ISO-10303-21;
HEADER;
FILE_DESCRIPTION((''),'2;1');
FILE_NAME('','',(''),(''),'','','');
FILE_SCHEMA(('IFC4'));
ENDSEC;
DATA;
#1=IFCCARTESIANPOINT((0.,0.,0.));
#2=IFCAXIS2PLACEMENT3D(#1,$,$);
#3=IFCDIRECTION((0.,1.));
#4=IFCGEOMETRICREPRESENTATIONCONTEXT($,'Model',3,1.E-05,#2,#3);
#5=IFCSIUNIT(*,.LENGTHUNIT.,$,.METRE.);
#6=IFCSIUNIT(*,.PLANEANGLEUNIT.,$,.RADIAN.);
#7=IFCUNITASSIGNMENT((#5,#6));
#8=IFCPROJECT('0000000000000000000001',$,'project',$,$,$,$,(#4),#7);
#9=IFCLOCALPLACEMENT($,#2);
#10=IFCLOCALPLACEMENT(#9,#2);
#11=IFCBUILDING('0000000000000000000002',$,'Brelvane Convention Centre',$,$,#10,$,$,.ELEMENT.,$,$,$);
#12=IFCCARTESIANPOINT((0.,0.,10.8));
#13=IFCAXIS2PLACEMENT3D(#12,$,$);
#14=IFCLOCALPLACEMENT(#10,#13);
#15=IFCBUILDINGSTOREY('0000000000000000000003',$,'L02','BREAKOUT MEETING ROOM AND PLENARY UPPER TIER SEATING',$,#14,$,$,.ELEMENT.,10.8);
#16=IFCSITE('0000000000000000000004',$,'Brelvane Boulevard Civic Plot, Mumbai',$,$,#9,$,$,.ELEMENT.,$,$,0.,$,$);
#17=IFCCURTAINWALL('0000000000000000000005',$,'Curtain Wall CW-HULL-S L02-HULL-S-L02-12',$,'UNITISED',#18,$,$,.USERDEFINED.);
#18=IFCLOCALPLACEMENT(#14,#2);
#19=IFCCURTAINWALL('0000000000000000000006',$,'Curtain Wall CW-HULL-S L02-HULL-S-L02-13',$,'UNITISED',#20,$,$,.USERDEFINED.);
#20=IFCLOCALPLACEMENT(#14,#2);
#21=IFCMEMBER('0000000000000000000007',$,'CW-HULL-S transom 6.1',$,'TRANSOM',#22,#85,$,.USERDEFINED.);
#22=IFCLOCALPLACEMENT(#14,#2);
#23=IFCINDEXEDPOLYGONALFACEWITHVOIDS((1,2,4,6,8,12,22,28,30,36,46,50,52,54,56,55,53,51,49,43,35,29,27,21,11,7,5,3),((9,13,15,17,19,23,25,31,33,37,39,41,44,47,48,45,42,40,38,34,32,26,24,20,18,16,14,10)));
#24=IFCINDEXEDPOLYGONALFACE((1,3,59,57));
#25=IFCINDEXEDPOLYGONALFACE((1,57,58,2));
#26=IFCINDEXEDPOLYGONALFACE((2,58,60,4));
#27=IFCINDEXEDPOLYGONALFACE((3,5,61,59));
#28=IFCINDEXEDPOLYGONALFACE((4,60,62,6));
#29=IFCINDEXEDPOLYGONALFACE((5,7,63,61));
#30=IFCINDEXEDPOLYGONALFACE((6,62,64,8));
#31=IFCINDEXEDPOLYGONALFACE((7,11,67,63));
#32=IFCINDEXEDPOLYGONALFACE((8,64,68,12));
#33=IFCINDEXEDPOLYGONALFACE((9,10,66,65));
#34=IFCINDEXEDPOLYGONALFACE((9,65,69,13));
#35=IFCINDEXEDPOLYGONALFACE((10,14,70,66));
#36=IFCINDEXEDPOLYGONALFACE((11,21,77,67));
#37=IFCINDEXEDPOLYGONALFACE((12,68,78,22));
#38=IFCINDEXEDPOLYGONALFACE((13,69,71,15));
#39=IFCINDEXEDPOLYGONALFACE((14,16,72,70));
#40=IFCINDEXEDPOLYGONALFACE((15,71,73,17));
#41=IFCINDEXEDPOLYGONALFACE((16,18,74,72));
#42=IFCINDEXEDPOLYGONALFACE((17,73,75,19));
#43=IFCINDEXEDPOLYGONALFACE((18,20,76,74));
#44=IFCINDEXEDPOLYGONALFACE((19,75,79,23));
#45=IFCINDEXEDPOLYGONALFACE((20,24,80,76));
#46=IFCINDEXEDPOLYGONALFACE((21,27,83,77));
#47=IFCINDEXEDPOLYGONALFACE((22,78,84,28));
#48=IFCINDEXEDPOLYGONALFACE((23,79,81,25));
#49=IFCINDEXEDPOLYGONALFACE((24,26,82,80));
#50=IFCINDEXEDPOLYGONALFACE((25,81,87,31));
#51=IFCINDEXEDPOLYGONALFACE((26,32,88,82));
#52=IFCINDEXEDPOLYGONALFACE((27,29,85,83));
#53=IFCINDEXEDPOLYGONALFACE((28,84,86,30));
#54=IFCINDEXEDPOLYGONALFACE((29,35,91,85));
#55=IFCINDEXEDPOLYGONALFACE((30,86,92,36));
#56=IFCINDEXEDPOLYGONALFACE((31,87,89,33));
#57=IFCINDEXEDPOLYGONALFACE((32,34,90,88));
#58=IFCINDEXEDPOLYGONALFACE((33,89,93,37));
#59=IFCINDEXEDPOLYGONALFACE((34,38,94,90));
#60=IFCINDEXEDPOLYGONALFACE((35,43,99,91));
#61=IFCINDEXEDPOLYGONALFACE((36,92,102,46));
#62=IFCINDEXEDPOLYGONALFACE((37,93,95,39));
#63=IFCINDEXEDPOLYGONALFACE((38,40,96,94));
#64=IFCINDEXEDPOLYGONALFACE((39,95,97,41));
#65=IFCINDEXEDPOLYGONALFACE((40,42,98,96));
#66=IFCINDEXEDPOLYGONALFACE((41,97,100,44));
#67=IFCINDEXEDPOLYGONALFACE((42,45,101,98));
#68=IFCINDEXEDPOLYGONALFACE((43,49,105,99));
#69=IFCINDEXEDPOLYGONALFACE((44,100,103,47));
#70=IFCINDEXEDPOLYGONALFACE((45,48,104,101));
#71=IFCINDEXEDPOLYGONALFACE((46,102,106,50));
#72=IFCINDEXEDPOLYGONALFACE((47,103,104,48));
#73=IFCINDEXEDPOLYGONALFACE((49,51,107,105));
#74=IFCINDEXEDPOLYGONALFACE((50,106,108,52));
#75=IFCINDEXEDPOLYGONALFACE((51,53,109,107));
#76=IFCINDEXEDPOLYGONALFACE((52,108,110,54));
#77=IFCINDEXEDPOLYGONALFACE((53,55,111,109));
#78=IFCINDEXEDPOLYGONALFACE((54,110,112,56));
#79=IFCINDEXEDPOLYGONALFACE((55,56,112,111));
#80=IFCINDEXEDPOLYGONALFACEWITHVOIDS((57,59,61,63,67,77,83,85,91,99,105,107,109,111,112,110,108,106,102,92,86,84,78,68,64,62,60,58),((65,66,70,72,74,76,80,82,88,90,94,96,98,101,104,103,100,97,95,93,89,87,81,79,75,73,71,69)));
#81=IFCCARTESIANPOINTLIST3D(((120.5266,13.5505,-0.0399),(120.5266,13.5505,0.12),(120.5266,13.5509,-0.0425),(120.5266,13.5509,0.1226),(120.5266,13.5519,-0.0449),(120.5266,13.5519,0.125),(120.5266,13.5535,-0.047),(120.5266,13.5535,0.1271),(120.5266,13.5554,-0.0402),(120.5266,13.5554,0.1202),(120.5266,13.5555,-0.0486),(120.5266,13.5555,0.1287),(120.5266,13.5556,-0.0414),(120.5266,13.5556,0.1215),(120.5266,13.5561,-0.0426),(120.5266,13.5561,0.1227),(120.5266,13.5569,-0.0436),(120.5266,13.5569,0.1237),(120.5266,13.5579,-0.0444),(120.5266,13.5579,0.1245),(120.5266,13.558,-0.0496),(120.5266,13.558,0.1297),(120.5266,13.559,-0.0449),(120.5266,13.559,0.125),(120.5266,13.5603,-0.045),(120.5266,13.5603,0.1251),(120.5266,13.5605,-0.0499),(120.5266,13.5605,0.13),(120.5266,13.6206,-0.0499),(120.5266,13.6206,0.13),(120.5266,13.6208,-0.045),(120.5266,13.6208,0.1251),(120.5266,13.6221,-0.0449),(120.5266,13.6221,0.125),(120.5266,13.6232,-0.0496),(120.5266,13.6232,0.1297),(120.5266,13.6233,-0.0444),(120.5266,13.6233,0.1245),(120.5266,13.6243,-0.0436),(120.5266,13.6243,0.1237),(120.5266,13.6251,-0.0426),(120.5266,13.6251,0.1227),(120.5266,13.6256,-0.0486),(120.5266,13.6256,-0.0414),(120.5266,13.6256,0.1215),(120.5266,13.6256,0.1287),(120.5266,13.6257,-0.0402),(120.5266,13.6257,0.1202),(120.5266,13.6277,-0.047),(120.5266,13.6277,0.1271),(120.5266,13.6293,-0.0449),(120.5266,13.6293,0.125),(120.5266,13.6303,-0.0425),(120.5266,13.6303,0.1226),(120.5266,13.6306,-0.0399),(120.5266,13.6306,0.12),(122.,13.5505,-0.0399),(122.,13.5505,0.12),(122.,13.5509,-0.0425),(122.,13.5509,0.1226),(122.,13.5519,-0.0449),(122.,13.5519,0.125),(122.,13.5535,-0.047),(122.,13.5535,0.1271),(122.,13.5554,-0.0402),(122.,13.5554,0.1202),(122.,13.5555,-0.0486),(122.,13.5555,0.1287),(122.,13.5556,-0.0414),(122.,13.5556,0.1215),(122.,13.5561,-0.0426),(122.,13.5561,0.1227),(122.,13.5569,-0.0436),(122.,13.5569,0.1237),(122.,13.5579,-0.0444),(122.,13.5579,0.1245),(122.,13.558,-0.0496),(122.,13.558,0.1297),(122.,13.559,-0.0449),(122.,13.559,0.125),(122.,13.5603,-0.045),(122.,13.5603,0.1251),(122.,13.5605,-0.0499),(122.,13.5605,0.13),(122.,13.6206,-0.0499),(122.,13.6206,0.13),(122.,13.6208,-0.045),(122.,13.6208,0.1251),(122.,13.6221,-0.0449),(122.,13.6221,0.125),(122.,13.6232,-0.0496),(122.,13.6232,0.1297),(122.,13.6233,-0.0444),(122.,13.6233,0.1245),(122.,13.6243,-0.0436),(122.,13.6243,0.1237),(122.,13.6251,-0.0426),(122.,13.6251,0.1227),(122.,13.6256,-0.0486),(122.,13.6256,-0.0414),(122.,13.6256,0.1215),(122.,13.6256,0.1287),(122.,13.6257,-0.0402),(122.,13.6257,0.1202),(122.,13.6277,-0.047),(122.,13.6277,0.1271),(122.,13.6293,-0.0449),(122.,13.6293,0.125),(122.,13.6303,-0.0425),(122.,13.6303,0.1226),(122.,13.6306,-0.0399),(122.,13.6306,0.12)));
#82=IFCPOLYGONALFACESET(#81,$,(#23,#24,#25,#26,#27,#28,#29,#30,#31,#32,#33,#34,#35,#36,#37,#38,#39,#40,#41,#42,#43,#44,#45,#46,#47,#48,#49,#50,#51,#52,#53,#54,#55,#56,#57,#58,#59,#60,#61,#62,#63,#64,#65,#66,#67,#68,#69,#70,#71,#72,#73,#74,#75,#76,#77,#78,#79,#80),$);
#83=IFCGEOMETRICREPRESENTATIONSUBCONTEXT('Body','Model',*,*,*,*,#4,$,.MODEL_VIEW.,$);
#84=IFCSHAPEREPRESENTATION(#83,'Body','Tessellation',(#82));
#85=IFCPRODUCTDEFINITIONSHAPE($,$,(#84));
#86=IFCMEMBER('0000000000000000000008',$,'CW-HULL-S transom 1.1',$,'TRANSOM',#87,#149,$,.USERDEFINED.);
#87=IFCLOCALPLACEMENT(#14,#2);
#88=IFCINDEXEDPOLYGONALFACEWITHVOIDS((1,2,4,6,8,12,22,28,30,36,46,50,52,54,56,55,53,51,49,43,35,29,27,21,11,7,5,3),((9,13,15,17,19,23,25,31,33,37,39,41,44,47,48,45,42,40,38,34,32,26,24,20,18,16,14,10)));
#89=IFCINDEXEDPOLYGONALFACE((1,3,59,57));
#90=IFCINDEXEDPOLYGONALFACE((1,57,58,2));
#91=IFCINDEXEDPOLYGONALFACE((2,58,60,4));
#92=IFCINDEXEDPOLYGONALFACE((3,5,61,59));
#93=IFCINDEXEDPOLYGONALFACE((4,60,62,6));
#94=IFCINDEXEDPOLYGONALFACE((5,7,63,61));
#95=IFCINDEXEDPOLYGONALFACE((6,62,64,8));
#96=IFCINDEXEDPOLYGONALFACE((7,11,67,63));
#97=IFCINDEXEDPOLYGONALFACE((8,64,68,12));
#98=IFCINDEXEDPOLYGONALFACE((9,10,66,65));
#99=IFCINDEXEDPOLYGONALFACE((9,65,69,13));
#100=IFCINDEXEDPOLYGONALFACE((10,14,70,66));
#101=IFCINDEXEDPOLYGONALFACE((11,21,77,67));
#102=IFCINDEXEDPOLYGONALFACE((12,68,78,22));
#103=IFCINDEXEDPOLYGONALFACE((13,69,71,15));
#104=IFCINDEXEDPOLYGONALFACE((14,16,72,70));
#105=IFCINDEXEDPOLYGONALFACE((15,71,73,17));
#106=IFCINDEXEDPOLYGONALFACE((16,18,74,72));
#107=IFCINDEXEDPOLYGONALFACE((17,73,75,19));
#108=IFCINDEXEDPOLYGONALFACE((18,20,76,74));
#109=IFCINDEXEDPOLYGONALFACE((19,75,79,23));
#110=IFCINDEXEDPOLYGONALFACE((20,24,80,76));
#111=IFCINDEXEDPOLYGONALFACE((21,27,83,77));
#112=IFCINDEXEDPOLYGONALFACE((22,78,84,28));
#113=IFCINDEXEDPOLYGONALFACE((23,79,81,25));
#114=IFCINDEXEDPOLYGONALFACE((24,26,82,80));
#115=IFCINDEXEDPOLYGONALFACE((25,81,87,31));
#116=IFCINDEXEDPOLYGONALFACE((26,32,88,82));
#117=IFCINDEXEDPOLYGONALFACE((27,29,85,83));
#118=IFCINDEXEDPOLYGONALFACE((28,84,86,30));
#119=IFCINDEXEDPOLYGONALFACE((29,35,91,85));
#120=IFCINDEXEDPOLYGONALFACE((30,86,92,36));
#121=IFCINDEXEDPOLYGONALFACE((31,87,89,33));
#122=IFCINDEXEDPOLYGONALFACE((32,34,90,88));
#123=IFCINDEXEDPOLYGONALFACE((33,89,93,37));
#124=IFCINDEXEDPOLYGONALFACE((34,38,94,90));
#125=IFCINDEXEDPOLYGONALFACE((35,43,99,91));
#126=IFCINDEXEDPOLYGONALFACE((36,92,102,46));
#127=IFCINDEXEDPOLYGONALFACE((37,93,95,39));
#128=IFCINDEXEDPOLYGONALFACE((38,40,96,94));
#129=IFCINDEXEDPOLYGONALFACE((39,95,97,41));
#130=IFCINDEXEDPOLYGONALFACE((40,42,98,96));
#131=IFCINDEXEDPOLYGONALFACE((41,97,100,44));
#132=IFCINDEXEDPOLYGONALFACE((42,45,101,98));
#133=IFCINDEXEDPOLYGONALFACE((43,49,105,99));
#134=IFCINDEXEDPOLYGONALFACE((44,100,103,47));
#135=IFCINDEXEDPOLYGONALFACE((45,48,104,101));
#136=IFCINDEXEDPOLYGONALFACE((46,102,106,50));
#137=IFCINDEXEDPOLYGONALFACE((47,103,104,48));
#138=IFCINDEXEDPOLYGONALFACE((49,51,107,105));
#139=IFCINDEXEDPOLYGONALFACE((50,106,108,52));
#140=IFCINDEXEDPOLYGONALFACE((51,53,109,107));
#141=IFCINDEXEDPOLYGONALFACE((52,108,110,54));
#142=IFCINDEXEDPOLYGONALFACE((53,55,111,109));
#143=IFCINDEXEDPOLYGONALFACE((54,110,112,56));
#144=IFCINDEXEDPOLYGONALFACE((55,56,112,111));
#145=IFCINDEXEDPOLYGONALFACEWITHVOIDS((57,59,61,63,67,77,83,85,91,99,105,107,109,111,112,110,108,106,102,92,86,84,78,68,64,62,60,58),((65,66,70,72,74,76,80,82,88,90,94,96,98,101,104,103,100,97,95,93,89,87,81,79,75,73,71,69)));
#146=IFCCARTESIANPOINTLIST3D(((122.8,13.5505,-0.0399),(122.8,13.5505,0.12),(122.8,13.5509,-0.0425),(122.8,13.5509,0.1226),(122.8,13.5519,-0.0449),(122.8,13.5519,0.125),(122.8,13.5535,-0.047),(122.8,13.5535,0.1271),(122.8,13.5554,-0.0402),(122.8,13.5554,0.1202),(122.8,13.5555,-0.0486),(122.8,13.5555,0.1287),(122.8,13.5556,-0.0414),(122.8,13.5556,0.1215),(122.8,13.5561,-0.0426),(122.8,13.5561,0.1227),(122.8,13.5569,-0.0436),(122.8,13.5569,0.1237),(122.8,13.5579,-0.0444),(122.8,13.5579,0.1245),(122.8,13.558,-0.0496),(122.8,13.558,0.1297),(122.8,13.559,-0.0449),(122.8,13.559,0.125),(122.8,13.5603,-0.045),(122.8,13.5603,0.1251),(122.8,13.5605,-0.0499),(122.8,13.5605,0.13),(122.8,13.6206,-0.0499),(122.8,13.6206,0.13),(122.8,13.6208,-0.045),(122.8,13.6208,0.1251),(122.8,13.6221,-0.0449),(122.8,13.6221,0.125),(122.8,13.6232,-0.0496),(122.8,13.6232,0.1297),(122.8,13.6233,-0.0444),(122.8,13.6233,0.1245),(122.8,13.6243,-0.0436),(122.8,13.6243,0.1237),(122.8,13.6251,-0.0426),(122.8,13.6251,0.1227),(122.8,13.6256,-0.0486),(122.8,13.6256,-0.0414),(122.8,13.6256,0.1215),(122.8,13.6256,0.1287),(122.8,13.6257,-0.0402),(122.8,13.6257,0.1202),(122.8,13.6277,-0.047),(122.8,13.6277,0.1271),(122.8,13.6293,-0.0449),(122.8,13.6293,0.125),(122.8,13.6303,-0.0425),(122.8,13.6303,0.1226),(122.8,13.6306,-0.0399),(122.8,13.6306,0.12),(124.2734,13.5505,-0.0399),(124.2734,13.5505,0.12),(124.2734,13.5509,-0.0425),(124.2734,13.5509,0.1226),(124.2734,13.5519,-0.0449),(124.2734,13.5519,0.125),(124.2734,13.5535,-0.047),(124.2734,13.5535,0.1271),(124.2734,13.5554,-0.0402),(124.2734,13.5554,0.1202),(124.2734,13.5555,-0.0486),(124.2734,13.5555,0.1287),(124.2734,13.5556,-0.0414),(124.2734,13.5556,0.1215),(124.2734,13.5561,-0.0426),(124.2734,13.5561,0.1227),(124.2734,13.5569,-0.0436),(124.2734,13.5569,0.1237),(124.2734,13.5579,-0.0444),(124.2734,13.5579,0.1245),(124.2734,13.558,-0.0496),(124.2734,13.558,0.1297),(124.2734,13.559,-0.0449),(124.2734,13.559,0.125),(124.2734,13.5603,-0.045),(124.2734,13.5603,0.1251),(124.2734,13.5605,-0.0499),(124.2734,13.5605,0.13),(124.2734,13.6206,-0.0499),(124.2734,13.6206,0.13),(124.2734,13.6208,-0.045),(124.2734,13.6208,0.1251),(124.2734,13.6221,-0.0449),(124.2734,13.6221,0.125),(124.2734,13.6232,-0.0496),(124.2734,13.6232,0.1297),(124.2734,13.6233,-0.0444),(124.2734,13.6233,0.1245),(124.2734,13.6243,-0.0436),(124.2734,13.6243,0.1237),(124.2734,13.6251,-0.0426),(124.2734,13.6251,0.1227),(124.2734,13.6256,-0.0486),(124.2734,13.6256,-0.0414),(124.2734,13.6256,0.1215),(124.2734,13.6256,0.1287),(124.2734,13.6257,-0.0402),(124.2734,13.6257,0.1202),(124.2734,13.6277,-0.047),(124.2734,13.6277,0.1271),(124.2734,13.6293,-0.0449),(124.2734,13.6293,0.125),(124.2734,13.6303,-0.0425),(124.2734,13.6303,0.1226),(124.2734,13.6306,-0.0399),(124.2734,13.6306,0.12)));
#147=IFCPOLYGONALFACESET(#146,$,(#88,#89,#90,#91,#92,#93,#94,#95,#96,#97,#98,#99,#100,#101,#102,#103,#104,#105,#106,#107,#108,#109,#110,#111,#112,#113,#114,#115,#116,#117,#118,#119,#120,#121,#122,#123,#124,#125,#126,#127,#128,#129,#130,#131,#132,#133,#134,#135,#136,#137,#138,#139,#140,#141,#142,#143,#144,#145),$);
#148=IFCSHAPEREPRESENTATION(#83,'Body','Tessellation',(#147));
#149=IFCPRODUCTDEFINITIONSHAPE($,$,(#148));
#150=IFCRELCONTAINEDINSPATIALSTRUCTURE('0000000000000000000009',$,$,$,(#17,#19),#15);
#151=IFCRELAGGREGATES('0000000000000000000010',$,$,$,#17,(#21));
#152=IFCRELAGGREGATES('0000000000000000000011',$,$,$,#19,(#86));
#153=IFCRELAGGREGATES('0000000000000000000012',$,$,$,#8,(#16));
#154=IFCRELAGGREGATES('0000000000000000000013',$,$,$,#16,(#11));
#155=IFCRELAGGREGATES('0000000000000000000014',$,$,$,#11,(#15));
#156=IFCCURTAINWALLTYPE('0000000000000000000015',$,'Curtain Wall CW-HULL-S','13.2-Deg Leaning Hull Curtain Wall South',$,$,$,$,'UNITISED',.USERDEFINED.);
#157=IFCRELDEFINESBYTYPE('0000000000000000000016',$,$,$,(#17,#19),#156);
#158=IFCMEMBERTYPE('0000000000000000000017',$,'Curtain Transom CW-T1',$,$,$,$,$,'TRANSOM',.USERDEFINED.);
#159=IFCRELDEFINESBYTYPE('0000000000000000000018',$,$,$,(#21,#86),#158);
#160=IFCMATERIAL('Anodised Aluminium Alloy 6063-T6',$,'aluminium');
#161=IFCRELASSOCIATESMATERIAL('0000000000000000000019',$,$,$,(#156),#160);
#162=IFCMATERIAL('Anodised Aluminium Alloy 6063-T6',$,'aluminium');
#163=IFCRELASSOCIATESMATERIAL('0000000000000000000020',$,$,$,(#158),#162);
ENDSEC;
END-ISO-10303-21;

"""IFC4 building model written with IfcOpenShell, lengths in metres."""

from ifc_helpers import new_model, si_unit, direction, frame, origin, origin_2d, place, context, subcontext, project, spatial, hollow_rectangle, extrude, material, material_profile, profile_set, type_object, element, aggregate, save


model = new_model("IFC4")

# Units and contexts
model_context = context("Model", 3, precision=1e-05, world=origin(), true_north=direction((0.0, 1.0)))
body_context = subcontext(model_context, "Body", "Model", "MODEL_VIEW")
ifc_project = project(units=[si_unit("LENGTHUNIT", "METRE"), si_unit("PLANEANGLEUNIT", "RADIAN")], contexts=[model_context])

# Site, building, storey
site_placement = place(None, origin())
site = spatial("IfcSite", under=ifc_project, at=site_placement, Name="Brelvane Boulevard Civic Plot, Mumbai", CompositionType="ELEMENT", RefElevation=0.0)
building_placement = place(site_placement, origin())
building = spatial("IfcBuilding", under=site, at=building_placement, Name="Brelvane Convention Centre", CompositionType="ELEMENT")
storey_placement = place(building_placement, frame((0.0, 0.0, 10.8)))
storey = spatial("IfcBuildingStorey", under=building, at=storey_placement, Name="L02", Description="BREAKOUT MEETING ROOM AND PLENARY UPPER TIER SEATING", CompositionType="ELEMENT", Elevation=10.8)

# Curtain walls
ifc_material_1 = material(Name="Anodised Aluminium Alloy 6063-T6", Category="aluminium")
curtain_wall_type = type_object("IfcCurtainWallType", Name="Curtain Wall CW-HULL-S", Description="13.2-Deg Leaning Hull Curtain Wall South", ElementType="UNITISED", PredefinedType="USERDEFINED", material=ifc_material_1)
curtain_wall_1_placement = place(storey_placement, origin())
curtain_wall_1 = element("IfcCurtainWall", 1, at=curtain_wall_1_placement, inside=storey, type_object=curtain_wall_type, Name="Curtain Wall CW-HULL-S L02-HULL-S-L02-12", ObjectType="UNITISED", PredefinedType="USERDEFINED")
curtain_wall_2_placement = place(storey_placement, origin())
curtain_wall_2 = element("IfcCurtainWall", 2, at=curtain_wall_2_placement, inside=storey, type_object=curtain_wall_type, Name="Curtain Wall CW-HULL-S L02-HULL-S-L02-13", ObjectType="UNITISED", PredefinedType="USERDEFINED")

# Members
ifc_material_2 = material(Name="Anodised Aluminium Alloy 6063-T6", Category="aluminium")
ifc_material_profile_1 = material_profile(ifc_material_2, hollow_rectangle(XDim=0.0801, YDim=0.1799, WallThickness=0.0049, InnerFilletRadius=0.0049, OuterFilletRadius=0.01, at=origin_2d()), Name="ALU-T 180x80x5.0")
ifc_profile_set_1 = profile_set([ifc_material_profile_1], Name="Anodised Aluminium Alloy 6063-T6")
member_type_1 = type_object("IfcMemberType", Name="Curtain Transom CW-T1", ElementType="TRANSOM", PredefinedType="USERDEFINED", material=ifc_profile_set_1)
member_1_placement = place(storey_placement, frame((120.5266, 13.5906, 0.04), z_axis=(1.0, 0.0, 0.0), x_axis=(0.0, 1.0, 0.0)))
member_1 = element("IfcMember", 3, at=member_1_placement, type_object=member_type_1, Name="CW-HULL-S transom 6.1", ObjectType="TRANSOM", PredefinedType="USERDEFINED", context=body_context, shape_type="SweptSolid", body=[
    extrude(hollow_rectangle(XDim=0.0801, YDim=0.1799, WallThickness=0.0049, InnerFilletRadius=0.0049, OuterFilletRadius=0.01, at=origin_2d()), origin(), (0.0, 0.0, 1.0), 1.4734),
])
member_2_placement = place(storey_placement, frame((122.8, 13.5906, 0.04), z_axis=(1.0, 0.0, 0.0), x_axis=(0.0, 1.0, 0.0)))
member_2 = element("IfcMember", 4, at=member_2_placement, type_object=member_type_1, Name="CW-HULL-S transom 1.1", ObjectType="TRANSOM", PredefinedType="USERDEFINED", context=body_context, shape_type="SweptSolid", body=[
    extrude(hollow_rectangle(XDim=0.0801, YDim=0.1799, WallThickness=0.0049, InnerFilletRadius=0.0049, OuterFilletRadius=0.01, at=origin_2d()), origin(), (0.0, 0.0, 1.0), 1.4734),
])

aggregate(curtain_wall_1, [member_1])
aggregate(curtain_wall_2, [member_2])

save(model, "model.ifc")
